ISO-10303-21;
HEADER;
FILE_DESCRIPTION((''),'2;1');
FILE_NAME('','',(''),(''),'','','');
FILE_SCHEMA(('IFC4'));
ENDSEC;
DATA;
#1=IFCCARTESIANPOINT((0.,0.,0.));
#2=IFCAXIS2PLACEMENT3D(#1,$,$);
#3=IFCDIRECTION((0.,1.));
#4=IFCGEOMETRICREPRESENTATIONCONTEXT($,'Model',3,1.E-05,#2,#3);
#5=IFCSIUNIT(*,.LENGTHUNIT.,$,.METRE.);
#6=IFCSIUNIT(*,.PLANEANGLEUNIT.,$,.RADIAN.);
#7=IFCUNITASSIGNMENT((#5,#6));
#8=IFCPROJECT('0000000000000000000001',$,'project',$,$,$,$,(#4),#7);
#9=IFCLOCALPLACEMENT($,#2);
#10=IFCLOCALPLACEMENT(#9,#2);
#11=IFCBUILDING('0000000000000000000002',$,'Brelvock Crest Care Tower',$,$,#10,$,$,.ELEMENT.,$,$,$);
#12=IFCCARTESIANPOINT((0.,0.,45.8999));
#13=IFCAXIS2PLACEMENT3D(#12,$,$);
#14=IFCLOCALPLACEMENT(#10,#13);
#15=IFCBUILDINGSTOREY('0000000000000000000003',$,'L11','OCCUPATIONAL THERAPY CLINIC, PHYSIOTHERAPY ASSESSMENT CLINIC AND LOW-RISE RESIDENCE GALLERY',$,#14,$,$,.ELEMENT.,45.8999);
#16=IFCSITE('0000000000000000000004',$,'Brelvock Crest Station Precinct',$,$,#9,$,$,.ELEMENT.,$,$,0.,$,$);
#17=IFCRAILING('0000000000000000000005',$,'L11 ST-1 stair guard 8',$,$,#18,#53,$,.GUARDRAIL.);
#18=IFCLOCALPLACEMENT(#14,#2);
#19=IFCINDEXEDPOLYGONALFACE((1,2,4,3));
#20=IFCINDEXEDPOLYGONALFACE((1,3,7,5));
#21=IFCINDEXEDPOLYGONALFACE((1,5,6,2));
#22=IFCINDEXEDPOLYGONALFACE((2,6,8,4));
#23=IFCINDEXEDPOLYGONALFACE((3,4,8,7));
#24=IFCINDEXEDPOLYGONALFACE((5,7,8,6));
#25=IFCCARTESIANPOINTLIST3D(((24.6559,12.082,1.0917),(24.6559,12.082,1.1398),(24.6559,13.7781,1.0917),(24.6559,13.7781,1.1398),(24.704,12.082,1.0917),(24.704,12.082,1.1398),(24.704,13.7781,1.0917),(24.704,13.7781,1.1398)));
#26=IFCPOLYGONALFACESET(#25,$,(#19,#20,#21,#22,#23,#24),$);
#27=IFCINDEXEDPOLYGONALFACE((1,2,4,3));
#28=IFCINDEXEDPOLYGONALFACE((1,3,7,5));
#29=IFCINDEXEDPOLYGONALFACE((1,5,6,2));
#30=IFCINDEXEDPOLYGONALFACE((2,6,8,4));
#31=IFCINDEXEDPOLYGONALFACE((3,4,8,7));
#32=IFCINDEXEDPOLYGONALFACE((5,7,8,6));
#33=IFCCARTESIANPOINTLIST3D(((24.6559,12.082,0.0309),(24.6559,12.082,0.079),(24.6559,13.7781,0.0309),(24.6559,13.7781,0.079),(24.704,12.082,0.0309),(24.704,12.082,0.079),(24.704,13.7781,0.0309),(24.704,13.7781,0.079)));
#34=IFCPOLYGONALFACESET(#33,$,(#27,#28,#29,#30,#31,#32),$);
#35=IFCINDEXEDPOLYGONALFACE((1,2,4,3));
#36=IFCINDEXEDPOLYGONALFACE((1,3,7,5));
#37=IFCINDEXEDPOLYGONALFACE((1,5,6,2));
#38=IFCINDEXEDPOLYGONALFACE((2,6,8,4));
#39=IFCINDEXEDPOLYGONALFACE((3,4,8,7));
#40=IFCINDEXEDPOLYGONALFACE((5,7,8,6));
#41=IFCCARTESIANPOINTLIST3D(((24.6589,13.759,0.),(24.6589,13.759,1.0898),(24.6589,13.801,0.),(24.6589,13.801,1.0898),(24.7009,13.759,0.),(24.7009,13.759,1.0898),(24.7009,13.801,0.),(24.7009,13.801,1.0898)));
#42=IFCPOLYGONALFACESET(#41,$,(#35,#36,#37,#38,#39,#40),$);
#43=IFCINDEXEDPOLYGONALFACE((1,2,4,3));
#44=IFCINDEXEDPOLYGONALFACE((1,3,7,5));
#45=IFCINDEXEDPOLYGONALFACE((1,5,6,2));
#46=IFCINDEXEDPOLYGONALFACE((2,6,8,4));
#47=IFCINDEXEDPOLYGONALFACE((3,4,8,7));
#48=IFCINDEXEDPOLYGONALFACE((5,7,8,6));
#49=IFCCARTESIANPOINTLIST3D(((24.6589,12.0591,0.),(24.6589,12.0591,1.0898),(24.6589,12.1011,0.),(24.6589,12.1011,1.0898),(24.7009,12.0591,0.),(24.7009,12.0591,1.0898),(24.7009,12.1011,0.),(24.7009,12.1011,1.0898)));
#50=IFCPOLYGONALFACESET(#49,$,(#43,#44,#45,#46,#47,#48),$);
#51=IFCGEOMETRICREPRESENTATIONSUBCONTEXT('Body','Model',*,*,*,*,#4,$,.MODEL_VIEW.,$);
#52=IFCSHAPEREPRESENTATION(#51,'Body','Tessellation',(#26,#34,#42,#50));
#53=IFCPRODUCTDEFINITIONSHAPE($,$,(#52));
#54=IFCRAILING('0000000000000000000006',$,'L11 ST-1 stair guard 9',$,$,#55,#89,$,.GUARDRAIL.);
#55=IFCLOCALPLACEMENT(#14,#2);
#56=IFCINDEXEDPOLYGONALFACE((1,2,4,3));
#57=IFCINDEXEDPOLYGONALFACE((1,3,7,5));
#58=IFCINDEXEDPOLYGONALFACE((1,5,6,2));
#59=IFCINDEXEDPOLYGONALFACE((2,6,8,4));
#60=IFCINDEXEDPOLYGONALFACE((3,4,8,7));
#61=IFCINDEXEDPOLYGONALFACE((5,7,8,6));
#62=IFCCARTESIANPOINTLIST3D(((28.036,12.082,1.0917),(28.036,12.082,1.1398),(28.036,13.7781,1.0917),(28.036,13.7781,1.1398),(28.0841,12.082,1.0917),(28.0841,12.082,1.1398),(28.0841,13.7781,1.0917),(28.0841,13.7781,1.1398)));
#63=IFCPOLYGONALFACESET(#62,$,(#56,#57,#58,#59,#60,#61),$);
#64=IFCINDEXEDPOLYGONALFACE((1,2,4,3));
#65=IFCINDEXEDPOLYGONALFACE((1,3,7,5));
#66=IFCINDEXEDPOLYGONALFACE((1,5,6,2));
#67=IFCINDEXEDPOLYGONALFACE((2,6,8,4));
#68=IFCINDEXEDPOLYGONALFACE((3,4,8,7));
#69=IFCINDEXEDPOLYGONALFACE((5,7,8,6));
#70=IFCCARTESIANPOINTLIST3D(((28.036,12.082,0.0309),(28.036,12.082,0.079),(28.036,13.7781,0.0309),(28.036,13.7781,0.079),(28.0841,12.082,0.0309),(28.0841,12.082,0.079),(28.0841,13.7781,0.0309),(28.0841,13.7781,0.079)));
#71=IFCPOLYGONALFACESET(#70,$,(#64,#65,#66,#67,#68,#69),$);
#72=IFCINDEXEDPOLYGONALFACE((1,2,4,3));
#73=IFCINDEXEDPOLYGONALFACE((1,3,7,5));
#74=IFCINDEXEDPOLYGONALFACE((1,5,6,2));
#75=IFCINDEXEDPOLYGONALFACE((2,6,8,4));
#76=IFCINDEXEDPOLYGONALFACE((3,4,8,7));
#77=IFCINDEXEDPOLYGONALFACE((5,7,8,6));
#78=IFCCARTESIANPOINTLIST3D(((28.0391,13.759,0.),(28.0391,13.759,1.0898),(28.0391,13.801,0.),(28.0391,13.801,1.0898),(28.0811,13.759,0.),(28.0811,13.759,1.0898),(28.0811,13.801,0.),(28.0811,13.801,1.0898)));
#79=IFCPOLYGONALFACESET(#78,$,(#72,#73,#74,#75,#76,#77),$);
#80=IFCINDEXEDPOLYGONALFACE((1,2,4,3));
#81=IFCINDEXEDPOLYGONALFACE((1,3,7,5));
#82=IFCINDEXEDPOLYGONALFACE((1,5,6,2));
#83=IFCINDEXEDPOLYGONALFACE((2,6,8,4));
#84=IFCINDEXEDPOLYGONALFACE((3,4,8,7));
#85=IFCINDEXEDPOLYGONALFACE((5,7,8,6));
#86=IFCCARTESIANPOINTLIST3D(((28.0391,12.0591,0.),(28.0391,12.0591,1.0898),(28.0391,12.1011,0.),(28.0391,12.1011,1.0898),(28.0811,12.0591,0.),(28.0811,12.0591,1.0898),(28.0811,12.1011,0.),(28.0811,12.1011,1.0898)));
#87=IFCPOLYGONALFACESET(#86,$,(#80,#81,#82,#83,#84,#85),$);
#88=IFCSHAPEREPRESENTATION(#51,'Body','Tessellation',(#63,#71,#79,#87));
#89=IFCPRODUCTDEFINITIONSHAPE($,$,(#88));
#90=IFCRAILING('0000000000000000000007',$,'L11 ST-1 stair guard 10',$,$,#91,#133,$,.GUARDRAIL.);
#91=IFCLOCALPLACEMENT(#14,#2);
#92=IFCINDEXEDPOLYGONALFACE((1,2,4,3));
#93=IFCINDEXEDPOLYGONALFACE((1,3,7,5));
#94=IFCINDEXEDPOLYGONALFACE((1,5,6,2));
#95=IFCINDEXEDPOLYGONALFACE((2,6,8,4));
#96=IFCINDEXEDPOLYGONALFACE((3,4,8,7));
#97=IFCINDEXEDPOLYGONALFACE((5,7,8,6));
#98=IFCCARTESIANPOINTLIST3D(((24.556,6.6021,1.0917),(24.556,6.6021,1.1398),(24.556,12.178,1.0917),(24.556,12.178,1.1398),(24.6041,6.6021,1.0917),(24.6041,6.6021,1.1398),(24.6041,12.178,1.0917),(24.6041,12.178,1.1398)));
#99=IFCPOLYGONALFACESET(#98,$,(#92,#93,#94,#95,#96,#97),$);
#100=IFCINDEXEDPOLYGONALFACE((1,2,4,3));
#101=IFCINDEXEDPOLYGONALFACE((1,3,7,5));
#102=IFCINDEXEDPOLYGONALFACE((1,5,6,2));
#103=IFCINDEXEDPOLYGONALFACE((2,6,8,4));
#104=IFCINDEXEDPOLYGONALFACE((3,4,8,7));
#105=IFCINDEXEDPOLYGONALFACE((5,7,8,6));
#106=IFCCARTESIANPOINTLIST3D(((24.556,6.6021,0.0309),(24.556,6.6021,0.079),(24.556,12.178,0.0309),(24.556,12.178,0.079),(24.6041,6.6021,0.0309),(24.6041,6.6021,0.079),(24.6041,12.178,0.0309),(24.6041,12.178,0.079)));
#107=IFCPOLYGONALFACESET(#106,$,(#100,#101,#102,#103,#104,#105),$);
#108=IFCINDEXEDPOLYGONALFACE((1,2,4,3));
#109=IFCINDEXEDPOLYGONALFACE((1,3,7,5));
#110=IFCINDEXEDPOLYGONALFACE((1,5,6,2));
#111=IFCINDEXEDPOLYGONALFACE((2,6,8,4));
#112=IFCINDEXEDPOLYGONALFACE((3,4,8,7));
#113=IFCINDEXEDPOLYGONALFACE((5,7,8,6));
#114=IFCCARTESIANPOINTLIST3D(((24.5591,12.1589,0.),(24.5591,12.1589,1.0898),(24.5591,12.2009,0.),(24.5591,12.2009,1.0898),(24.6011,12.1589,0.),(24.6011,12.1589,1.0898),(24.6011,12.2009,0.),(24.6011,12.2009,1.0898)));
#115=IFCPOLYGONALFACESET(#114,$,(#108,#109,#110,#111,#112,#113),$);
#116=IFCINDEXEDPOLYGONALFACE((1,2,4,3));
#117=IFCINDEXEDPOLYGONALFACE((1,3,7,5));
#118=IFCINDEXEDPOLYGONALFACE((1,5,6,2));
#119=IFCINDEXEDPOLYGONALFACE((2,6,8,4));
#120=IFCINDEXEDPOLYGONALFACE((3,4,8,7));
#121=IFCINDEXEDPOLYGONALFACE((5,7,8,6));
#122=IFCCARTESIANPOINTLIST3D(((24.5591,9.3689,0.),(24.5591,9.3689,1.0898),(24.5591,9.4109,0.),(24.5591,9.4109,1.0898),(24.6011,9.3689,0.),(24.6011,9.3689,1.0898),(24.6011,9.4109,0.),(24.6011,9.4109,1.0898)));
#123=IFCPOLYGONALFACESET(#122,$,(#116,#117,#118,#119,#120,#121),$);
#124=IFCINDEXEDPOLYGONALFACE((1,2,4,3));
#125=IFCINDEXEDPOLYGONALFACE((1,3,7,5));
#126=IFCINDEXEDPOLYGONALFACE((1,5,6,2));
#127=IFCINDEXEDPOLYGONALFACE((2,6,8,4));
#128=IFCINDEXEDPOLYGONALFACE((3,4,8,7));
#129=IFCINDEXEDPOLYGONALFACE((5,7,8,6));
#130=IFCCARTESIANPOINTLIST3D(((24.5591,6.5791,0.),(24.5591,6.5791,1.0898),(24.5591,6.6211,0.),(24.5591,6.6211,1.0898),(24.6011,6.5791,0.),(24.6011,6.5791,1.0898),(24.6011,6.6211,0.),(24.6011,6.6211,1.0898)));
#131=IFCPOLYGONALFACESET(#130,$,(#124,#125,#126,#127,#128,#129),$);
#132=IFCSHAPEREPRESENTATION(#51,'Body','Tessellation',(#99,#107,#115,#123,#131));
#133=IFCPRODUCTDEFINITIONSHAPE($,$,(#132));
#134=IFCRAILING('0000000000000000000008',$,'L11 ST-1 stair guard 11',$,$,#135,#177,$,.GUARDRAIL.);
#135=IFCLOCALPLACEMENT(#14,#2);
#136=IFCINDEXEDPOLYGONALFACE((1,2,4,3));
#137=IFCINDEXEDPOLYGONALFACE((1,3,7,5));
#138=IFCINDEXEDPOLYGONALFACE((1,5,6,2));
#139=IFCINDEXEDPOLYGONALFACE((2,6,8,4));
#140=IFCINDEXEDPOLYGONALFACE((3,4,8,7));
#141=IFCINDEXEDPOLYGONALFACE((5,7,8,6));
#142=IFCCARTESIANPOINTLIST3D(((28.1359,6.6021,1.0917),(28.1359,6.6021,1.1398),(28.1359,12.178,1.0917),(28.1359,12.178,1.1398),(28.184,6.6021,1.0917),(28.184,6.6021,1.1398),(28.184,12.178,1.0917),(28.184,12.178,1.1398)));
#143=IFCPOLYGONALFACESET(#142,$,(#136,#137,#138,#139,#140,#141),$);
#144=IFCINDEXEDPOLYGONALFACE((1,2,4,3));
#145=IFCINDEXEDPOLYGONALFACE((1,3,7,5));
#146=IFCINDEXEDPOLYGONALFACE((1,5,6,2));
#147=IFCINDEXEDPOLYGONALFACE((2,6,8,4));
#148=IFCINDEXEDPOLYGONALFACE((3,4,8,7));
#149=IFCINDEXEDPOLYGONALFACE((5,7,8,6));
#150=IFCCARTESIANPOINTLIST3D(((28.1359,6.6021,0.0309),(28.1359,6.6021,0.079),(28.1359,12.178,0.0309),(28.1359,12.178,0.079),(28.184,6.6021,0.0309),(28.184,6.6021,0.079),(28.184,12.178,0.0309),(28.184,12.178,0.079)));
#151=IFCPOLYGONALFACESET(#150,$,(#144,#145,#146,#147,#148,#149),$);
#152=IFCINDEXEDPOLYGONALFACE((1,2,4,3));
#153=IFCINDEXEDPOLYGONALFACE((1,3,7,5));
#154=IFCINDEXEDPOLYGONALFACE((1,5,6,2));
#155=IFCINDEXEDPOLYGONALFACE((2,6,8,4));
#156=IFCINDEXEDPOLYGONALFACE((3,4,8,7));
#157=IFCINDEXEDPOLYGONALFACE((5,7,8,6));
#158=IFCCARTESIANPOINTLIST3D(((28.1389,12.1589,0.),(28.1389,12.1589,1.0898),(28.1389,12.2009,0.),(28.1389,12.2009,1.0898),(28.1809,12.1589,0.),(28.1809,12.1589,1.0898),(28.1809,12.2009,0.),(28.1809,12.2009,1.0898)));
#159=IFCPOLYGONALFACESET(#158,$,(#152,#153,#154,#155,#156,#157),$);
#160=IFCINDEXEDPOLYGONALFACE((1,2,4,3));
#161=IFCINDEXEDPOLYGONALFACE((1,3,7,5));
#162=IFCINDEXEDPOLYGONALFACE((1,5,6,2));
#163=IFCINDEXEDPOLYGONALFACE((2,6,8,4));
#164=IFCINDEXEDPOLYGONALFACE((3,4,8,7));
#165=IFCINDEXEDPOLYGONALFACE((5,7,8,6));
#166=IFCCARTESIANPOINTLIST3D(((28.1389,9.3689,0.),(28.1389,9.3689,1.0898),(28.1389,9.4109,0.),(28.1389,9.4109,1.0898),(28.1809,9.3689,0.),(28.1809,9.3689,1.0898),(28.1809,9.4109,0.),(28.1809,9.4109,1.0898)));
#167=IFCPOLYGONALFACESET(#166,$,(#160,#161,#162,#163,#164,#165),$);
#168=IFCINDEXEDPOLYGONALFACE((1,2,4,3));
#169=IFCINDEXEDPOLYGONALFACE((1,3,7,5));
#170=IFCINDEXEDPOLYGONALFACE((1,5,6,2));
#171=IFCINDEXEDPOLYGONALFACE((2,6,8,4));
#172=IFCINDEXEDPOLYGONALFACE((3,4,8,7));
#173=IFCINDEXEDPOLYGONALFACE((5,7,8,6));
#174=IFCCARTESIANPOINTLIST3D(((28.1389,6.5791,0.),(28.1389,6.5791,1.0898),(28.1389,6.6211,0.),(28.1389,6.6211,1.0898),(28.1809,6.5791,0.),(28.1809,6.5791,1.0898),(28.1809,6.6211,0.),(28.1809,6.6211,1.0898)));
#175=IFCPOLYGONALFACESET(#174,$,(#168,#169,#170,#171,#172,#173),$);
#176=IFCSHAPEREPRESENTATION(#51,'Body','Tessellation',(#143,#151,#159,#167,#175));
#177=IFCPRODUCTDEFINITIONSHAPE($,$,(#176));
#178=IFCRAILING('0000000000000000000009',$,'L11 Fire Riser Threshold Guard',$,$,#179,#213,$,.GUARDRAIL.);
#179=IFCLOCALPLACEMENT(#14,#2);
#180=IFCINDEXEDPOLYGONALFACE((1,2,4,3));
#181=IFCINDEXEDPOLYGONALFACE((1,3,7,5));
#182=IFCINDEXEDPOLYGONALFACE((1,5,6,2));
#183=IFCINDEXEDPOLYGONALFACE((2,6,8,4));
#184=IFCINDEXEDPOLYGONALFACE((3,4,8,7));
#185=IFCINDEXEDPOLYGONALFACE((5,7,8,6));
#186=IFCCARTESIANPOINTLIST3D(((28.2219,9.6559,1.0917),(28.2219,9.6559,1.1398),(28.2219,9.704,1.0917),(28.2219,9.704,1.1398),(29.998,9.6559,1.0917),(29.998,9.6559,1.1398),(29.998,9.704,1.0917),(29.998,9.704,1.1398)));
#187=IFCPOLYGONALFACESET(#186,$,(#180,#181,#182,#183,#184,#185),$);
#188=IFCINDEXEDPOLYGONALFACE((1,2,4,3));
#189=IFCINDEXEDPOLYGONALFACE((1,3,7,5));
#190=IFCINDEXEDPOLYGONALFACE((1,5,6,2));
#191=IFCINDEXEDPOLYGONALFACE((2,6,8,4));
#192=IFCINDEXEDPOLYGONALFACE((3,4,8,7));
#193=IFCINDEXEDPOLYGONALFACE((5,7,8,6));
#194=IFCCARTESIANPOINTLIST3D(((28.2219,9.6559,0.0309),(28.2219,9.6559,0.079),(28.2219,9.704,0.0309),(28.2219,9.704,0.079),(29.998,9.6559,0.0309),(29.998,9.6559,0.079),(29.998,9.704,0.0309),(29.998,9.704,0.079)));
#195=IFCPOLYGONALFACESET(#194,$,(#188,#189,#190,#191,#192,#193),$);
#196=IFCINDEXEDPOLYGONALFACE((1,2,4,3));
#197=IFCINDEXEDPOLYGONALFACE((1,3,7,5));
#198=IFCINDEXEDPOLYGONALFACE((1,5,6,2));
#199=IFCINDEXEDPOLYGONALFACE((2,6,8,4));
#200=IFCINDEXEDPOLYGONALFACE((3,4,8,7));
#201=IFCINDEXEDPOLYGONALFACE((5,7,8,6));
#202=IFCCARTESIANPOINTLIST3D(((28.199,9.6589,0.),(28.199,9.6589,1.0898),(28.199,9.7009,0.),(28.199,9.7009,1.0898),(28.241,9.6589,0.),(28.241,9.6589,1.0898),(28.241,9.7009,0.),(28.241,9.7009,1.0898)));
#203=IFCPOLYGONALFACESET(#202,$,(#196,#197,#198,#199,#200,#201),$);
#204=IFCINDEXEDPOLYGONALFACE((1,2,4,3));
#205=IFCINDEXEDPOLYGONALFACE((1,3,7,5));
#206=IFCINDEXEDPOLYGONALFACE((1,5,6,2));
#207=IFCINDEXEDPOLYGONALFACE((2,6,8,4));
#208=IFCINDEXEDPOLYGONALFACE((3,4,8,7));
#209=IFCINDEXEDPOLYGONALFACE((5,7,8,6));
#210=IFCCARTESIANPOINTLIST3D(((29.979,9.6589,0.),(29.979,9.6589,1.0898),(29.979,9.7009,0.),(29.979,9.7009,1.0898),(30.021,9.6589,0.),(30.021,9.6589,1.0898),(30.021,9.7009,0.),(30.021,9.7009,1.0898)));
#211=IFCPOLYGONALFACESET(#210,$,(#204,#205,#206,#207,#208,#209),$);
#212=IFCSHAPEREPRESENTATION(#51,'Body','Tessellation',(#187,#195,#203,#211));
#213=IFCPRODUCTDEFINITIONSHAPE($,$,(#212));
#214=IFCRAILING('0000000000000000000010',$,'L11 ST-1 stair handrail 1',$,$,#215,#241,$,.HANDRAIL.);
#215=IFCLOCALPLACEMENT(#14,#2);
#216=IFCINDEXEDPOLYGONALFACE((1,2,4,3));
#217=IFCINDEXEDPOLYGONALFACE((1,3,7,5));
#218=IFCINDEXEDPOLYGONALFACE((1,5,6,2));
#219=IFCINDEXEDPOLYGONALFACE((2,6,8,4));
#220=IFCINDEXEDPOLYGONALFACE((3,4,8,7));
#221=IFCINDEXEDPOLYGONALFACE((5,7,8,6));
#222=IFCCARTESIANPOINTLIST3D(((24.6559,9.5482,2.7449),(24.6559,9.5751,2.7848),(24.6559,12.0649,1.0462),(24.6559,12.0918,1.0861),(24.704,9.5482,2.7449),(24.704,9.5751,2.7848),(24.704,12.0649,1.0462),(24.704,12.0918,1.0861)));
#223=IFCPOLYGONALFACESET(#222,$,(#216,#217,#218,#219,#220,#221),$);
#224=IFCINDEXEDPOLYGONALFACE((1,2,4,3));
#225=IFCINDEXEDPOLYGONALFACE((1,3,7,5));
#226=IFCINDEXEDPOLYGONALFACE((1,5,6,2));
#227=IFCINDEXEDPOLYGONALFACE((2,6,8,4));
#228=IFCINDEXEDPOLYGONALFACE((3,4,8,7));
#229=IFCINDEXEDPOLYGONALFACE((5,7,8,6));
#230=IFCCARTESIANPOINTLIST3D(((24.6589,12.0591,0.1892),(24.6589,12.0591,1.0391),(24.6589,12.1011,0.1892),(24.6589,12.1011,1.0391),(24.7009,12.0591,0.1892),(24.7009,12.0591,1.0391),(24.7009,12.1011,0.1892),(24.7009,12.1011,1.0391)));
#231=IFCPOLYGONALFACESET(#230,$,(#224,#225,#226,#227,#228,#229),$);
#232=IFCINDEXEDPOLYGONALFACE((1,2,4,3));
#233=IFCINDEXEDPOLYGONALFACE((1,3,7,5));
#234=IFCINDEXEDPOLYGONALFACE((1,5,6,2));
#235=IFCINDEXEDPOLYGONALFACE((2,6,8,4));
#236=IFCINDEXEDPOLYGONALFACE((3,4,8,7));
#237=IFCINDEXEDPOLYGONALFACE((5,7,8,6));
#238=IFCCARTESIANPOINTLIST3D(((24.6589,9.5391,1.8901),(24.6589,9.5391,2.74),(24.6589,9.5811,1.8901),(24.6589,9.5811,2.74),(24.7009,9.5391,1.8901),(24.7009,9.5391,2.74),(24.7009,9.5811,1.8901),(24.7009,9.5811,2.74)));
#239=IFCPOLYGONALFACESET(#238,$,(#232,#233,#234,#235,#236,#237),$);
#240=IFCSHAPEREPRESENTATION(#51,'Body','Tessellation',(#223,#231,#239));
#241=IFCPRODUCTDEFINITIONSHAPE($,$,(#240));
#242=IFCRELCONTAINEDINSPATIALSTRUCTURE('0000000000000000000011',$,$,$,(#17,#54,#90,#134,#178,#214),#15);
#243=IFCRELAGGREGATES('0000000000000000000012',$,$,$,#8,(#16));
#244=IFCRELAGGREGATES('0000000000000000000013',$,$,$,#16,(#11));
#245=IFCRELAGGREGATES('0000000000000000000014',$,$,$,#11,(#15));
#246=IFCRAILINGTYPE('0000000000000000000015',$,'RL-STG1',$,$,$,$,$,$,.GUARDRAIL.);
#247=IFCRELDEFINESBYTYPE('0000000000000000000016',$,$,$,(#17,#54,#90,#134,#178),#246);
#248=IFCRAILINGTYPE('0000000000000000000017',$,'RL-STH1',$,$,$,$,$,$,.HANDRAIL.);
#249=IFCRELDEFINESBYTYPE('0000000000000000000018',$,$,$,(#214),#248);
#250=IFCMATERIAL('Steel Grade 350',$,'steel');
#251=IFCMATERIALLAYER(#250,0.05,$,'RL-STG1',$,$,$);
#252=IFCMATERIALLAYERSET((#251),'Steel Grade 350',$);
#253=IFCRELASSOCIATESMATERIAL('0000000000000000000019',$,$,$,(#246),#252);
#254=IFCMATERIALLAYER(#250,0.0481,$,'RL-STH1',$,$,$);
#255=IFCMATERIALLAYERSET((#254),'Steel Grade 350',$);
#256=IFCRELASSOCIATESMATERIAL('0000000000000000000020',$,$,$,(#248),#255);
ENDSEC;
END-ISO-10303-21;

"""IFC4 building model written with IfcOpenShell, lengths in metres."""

from ifc_helpers import new_model, si_unit, direction, frame, origin, origin_2d, place, context, subcontext, project, spatial, rectangle, extrude, material, layer, layer_set, type_object, element, save


model = new_model("IFC4")

# Units and contexts
model_context = context("Model", 3, precision=1e-05, world=origin(), true_north=direction((0.0, 1.0)))
body_context = subcontext(model_context, "Body", "Model", "MODEL_VIEW")
ifc_project = project(units=[si_unit("LENGTHUNIT", "METRE"), si_unit("PLANEANGLEUNIT", "RADIAN")], contexts=[model_context])

# Site, building, storey
site_placement = place(None, origin())
site = spatial("IfcSite", under=ifc_project, at=site_placement, Name="Brelvock Crest Station Precinct", CompositionType="ELEMENT", RefElevation=0.0)
building_placement = place(site_placement, origin())
building = spatial("IfcBuilding", under=site, at=building_placement, Name="Brelvock Crest Care Tower", CompositionType="ELEMENT")
storey_placement = place(building_placement, frame((0.0, 0.0, 45.8999)))
storey = spatial("IfcBuildingStorey", under=building, at=storey_placement, Name="L11", Description="OCCUPATIONAL THERAPY CLINIC, PHYSIOTHERAPY ASSESSMENT CLINIC AND LOW-RISE RESIDENCE GALLERY", CompositionType="ELEMENT", Elevation=45.8999)

# Shared definitions
ifc_material_1 = material(Name="Steel Grade 350", Category="steel")

# Railings
ifc_layer_1 = layer(ifc_material_1, 0.05, Name="RL-STG1")
ifc_layer_set_1 = layer_set([ifc_layer_1], Name="Steel Grade 350")
railing_type_1 = type_object("IfcRailingType", Name="RL-STG1", PredefinedType="GUARDRAIL", material=ifc_layer_set_1)
for number, where, name in (
    (1, (24.6799, 13.78, 0.0), "L11 ST-1 stair guard 8"),
    (2, (28.0601, 13.78, 0.0), "L11 ST-1 stair guard 9"),
):
    element("IfcRailing", number, at=place(storey_placement, frame(where)), inside=storey, type_object=railing_type_1, Name=name, PredefinedType="GUARDRAIL", context=body_context, shape_type="SweptSolid", body=[
        extrude(rectangle(XDim=0.0481, YDim=0.0481, at=origin_2d()), frame((0.0, -0.002, 1.1157), z_axis=(0.0, -1.0, 0.0), x_axis=(1.0, 0.0, 0.0)), (0.0, 0.0, 1.0), 1.696),
        extrude(rectangle(XDim=0.0481, YDim=0.0481, at=origin_2d()), frame((0.0, -0.002, 0.0549), z_axis=(0.0, -1.0, 0.0), x_axis=(1.0, 0.0, 0.0)), (0.0, 0.0, 1.0), 1.696),
        extrude(rectangle(XDim=0.042, YDim=0.042, at=origin_2d()), origin(), (0.0, 0.0, 1.0), 1.0898),
        extrude(rectangle(XDim=0.042, YDim=0.042, at=origin_2d()), frame((0.0, -1.7, 0.0)), (0.0, 0.0, 1.0), 1.0898),
    ])
for number, where, name in (
    (3, (24.5801, 12.1799, 0.0), "L11 ST-1 stair guard 10"),
    (4, (28.1599, 12.1799, 0.0), "L11 ST-1 stair guard 11"),
):
    element("IfcRailing", number, at=place(storey_placement, frame(where)), inside=storey, type_object=railing_type_1, Name=name, PredefinedType="GUARDRAIL", context=body_context, shape_type="SweptSolid", body=[
        extrude(rectangle(XDim=0.0481, YDim=0.0481, at=origin_2d()), frame((0.0, -0.002, 1.1157), z_axis=(0.0, -1.0, 0.0), x_axis=(1.0, 0.0, 0.0)), (0.0, 0.0, 1.0), 5.5759),
        extrude(rectangle(XDim=0.0481, YDim=0.0481, at=origin_2d()), frame((0.0, -0.002, 0.0549), z_axis=(0.0, -1.0, 0.0), x_axis=(1.0, 0.0, 0.0)), (0.0, 0.0, 1.0), 5.5759),
        extrude(rectangle(XDim=0.042, YDim=0.042, at=origin_2d()), origin(), (0.0, 0.0, 1.0), 1.0898),
        extrude(rectangle(XDim=0.042, YDim=0.042, at=origin_2d()), frame((0.0, -2.79, 0.0)), (0.0, 0.0, 1.0), 1.0898),
        extrude(rectangle(XDim=0.042, YDim=0.042, at=origin_2d()), frame((0.0, -5.5798, 0.0)), (0.0, 0.0, 1.0), 1.0898),
    ])
railing_1_placement = place(storey_placement, frame((28.22, 9.6799, 0.0)))
element("IfcRailing", 5, at=railing_1_placement, inside=storey, type_object=railing_type_1, Name="L11 Fire Riser Threshold Guard", PredefinedType="GUARDRAIL", context=body_context, shape_type="SweptSolid", body=[
    extrude(rectangle(XDim=0.0481, YDim=0.0481, at=origin_2d()), frame((0.002, 0.0, 1.1157), z_axis=(1.0, 0.0, 0.0), x_axis=(0.0, 1.0, 0.0)), (0.0, 0.0, 1.0), 1.7761),
    extrude(rectangle(XDim=0.0481, YDim=0.0481, at=origin_2d()), frame((0.002, 0.0, 0.0549), z_axis=(1.0, 0.0, 0.0), x_axis=(0.0, 1.0, 0.0)), (0.0, 0.0, 1.0), 1.7761),
    extrude(rectangle(XDim=0.042, YDim=0.042, at=origin_2d()), origin(), (0.0, 0.0, 1.0), 1.0898),
    extrude(rectangle(XDim=0.042, YDim=0.042, at=origin_2d()), frame((1.78, 0.0, 0.0)), (0.0, 0.0, 1.0), 1.0898),
])
ifc_layer_2 = layer(ifc_material_1, 0.0481, Name="RL-STH1")
ifc_layer_set_2 = layer_set([ifc_layer_2], Name="Steel Grade 350")
railing_type_2 = type_object("IfcRailingType", Name="RL-STH1", PredefinedType="HANDRAIL", material=ifc_layer_set_2)
railing_2_placement = place(storey_placement, frame((24.6799, 12.0801, 0.1892)))
element("IfcRailing", 6, at=railing_2_placement, inside=storey, type_object=railing_type_2, Name="L11 ST-1 stair handrail 1", PredefinedType="HANDRAIL", context=body_context, shape_type="SweptSolid", body=[
    extrude(rectangle(XDim=0.0481, YDim=0.0481, at=origin_2d()), frame((0.0, -0.0017, 0.877), z_axis=(0.0, -0.828862, 0.559454), x_axis=(1.0, 0.0, 0.0)), (0.0, 0.0, 1.0), 3.0364),
    extrude(rectangle(XDim=0.042, YDim=0.042, at=origin_2d()), origin(), (0.0, 0.0, 1.0), 0.8499),
    extrude(rectangle(XDim=0.042, YDim=0.042, at=origin_2d()), frame((0.0, -2.52, 1.7009)), (0.0, 0.0, 1.0), 0.8499),
])

save(model, "model.ifc")
